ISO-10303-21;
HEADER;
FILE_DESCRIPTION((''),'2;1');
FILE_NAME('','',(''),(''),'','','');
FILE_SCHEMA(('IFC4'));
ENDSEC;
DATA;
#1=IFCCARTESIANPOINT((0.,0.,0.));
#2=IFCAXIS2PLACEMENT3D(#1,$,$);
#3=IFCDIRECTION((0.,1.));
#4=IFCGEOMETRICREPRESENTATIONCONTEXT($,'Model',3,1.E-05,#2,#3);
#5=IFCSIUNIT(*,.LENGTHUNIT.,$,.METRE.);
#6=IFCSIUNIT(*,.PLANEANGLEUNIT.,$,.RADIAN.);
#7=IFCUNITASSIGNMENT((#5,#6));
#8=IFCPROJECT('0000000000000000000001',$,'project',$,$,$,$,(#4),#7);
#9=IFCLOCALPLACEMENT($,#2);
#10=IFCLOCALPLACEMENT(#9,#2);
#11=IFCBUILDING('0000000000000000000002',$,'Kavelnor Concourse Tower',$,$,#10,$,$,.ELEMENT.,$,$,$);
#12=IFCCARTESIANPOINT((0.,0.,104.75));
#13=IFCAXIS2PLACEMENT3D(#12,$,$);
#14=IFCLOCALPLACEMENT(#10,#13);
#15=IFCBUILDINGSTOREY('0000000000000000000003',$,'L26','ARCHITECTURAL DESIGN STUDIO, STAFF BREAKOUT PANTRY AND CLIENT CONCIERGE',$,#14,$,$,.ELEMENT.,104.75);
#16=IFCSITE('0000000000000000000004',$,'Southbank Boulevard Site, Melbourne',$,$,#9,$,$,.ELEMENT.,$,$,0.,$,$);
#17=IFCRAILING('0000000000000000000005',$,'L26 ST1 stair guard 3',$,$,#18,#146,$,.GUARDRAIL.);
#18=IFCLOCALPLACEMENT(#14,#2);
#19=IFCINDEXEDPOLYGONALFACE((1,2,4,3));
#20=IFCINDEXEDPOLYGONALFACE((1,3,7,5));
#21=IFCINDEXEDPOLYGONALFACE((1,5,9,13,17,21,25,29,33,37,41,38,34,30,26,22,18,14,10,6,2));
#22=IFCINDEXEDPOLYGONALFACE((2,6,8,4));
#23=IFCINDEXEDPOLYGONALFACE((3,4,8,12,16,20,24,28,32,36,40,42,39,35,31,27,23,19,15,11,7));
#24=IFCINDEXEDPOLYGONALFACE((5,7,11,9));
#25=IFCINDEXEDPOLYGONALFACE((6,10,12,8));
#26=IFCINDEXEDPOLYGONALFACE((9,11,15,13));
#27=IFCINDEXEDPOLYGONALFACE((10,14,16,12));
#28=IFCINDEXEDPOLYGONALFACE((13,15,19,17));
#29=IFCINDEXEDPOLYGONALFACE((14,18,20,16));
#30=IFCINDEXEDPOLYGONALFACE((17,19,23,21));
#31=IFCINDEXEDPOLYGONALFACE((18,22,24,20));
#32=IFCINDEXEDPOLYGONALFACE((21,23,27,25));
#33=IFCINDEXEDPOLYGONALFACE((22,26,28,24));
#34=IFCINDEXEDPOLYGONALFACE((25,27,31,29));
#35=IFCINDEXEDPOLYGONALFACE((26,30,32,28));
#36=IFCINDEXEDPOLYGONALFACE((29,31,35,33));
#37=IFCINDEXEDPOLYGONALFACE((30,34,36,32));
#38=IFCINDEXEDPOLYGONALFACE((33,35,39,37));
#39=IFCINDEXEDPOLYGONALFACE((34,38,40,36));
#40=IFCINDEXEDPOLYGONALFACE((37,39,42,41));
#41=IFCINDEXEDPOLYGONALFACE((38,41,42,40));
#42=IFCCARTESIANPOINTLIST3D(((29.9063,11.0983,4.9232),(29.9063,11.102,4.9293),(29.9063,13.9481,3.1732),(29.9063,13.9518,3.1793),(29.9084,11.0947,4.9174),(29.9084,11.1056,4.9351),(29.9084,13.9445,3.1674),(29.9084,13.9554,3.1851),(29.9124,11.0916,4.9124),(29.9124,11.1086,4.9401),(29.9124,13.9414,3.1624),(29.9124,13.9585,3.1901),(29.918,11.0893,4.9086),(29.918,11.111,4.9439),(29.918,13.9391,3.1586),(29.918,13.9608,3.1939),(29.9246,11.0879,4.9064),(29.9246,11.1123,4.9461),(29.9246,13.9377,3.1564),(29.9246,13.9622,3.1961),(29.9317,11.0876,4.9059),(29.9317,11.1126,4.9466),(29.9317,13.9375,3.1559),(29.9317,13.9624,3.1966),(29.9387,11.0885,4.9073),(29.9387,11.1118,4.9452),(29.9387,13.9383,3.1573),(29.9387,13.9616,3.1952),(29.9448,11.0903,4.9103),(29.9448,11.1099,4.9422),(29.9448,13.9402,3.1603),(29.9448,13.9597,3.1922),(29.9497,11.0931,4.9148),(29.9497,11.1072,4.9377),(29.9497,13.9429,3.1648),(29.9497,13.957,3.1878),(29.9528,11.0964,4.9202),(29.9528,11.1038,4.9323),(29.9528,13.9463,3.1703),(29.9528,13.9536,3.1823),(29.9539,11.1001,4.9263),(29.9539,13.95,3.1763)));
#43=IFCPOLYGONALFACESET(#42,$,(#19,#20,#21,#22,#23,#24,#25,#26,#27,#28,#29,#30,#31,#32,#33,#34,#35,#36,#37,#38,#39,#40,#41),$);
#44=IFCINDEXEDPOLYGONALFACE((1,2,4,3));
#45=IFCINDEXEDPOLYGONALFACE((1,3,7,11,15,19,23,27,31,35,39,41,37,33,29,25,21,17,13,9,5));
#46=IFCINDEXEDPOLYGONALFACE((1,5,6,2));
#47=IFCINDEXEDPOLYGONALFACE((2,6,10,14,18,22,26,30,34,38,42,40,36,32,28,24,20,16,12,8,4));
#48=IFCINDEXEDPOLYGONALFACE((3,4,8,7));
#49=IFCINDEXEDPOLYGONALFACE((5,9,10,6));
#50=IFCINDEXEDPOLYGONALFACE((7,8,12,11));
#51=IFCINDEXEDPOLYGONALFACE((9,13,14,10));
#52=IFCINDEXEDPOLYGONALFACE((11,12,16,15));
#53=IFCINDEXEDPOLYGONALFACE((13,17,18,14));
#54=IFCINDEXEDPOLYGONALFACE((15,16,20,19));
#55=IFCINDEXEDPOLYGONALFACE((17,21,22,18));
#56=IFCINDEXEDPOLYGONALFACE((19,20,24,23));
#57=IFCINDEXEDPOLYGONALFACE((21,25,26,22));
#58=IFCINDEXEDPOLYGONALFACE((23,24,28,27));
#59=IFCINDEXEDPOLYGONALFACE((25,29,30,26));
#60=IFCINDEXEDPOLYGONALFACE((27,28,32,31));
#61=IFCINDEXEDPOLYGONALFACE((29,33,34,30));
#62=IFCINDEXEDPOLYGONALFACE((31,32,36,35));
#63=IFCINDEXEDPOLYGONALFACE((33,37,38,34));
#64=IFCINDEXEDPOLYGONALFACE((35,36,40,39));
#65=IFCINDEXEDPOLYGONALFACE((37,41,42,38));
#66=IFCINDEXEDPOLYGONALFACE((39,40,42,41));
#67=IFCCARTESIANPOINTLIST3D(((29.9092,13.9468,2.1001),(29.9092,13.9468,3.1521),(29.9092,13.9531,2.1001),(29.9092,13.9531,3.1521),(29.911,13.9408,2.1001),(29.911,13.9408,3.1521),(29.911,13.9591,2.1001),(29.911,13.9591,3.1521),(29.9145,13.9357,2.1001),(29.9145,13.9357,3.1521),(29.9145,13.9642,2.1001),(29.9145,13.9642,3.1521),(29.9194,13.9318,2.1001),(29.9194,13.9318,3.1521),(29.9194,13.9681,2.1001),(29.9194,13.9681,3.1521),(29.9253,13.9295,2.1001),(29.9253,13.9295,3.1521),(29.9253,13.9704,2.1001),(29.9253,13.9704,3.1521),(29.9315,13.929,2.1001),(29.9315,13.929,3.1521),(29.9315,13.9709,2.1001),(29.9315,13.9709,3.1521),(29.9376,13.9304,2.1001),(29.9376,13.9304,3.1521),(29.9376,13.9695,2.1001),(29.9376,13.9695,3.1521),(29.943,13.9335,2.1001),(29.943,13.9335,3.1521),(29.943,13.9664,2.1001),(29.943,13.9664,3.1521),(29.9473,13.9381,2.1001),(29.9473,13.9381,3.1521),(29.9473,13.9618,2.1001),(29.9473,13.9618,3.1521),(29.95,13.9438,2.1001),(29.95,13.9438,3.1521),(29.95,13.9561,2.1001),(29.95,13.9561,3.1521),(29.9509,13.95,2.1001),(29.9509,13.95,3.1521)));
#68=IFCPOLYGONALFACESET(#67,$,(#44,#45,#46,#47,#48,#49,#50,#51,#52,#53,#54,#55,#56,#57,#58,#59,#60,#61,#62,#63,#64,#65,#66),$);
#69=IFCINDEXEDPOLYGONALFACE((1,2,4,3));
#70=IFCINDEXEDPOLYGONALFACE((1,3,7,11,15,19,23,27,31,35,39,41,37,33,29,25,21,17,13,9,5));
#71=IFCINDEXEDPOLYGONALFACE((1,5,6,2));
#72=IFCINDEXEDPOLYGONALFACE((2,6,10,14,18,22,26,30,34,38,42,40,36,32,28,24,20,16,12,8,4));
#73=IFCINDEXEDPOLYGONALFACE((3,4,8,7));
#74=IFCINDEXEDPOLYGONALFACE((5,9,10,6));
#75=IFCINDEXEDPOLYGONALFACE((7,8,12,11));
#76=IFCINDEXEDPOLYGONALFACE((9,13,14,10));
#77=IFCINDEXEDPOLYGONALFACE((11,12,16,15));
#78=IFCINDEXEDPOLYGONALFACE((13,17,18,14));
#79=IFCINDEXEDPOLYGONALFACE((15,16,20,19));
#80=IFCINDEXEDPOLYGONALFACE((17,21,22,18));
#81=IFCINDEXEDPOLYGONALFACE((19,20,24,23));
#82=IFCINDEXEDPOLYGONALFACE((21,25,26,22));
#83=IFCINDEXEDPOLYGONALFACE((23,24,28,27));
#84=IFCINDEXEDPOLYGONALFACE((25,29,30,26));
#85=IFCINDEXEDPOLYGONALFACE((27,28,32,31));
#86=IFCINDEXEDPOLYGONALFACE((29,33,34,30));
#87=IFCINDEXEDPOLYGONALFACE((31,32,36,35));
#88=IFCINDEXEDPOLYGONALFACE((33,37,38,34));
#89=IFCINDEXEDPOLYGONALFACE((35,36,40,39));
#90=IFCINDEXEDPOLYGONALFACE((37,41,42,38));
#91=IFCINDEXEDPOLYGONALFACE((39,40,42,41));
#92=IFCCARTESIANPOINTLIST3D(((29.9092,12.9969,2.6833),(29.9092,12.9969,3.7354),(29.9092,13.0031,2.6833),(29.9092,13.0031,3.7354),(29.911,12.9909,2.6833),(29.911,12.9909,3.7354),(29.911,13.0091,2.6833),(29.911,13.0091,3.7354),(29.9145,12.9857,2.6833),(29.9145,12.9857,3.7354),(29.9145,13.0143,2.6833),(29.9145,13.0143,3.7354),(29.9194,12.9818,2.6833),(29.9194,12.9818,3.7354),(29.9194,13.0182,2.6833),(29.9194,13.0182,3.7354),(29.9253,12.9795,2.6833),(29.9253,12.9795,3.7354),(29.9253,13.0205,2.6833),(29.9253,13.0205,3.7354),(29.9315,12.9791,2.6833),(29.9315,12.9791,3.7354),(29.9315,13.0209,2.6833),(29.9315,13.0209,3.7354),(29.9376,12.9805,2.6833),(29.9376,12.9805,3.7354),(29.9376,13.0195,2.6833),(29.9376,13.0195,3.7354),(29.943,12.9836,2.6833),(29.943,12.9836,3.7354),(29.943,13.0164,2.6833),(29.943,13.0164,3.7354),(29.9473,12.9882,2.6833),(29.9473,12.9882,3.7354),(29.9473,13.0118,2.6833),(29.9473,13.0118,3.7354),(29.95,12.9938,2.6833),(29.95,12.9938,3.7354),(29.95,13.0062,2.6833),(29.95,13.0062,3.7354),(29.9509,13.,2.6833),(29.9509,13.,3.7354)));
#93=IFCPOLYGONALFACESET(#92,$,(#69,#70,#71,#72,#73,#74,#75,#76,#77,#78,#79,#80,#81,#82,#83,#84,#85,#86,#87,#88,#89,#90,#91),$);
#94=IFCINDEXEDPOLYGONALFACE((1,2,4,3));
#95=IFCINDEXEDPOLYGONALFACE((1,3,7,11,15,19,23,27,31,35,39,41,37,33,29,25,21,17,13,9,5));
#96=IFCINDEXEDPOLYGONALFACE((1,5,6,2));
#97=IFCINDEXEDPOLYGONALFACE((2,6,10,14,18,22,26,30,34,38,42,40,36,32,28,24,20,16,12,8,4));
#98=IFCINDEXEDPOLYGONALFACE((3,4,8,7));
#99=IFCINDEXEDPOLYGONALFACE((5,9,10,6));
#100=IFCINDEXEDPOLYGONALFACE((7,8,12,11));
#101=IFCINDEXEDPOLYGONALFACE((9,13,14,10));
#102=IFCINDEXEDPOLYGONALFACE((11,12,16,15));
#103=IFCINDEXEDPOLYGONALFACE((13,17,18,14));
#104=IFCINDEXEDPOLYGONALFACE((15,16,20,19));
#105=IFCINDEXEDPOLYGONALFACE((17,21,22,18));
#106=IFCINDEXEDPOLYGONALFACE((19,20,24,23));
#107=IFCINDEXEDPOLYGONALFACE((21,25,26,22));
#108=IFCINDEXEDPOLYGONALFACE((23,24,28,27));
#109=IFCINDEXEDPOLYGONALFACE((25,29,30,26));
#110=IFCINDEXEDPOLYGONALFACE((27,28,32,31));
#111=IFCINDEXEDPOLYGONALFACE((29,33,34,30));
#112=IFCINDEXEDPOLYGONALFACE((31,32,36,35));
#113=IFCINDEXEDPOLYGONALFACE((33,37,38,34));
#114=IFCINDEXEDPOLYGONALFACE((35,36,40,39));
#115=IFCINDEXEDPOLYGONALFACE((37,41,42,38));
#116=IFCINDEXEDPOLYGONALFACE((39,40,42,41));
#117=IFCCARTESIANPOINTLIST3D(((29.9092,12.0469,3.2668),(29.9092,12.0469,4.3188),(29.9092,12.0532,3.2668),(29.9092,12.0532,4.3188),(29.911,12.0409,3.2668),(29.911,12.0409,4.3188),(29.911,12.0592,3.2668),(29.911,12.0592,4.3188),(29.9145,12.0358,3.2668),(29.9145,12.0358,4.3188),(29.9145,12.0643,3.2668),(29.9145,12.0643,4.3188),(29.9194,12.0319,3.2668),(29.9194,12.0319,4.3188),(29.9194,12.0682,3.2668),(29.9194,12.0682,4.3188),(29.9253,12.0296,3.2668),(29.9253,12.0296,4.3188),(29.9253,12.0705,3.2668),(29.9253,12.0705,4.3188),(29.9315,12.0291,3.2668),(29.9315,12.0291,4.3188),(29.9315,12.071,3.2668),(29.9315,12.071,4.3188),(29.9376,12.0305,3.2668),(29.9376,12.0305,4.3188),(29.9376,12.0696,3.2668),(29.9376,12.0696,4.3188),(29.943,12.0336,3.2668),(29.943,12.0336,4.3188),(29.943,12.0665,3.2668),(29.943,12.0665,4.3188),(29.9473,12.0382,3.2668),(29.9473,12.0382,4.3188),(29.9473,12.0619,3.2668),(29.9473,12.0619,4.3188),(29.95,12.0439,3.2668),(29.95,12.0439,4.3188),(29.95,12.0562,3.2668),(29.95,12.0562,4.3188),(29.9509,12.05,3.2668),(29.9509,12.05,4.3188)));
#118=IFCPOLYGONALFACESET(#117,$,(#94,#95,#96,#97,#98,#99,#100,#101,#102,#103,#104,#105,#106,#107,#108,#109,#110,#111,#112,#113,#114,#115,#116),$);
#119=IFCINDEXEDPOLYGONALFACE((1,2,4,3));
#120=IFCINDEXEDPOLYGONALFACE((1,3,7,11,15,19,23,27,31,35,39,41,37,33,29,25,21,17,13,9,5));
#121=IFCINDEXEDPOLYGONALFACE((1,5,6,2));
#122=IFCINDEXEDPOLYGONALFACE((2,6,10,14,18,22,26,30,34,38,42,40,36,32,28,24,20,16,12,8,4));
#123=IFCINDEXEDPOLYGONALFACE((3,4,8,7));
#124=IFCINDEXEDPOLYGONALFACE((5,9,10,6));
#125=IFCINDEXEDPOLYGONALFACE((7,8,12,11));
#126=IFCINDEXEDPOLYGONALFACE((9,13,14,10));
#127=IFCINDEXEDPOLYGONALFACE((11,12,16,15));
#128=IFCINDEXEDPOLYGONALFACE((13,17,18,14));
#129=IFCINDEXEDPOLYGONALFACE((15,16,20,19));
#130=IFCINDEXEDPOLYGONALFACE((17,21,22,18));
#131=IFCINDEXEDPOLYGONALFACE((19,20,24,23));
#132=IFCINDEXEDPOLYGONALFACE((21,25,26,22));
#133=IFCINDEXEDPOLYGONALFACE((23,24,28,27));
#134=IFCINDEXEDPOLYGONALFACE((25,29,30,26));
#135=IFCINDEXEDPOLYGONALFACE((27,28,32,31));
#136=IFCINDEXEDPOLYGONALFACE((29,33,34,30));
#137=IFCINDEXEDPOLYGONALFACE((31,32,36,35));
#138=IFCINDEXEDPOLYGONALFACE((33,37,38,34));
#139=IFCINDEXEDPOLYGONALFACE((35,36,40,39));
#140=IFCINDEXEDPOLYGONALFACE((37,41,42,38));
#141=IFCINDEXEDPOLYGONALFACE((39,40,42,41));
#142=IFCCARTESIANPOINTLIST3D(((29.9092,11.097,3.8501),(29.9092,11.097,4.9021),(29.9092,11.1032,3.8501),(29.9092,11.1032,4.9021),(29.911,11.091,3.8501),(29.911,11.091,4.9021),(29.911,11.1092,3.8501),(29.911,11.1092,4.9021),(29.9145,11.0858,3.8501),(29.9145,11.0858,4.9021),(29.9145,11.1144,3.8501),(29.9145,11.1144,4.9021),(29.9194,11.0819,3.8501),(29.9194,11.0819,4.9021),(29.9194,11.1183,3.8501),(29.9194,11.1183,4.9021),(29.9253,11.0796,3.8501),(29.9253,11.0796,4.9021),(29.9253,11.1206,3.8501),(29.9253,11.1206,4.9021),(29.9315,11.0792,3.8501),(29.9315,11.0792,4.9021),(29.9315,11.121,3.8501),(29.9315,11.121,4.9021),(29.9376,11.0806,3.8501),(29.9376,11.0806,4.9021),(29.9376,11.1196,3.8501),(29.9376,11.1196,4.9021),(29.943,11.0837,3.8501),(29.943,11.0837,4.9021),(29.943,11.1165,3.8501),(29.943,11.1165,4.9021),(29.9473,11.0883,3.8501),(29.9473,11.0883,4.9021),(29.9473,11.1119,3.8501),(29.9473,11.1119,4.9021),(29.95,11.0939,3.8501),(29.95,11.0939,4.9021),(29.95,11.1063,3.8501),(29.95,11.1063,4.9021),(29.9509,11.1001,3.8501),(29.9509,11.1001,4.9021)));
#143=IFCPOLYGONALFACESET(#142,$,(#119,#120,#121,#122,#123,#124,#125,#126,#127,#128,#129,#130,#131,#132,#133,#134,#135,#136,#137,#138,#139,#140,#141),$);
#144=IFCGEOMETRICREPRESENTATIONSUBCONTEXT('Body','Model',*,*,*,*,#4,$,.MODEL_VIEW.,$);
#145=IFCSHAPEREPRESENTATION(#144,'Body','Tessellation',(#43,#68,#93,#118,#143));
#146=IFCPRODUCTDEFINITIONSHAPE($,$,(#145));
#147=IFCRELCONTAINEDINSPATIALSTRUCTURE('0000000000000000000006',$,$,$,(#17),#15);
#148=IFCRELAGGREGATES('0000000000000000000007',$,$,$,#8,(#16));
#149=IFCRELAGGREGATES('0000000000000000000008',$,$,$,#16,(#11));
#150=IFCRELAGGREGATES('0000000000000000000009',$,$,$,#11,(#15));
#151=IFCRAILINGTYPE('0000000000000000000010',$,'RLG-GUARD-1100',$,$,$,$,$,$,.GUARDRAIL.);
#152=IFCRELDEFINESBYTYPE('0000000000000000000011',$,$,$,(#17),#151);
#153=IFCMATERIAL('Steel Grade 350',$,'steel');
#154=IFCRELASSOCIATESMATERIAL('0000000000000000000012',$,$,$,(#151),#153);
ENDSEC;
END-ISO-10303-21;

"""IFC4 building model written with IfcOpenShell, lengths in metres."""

from ifc_helpers import new_model, si_unit, direction, frame, origin, origin_2d, place, context, subcontext, project, spatial, circle, extrude, material, type_object, element, save


model = new_model("IFC4")

# Units and contexts
model_context = context("Model", 3, precision=1e-05, world=origin(), true_north=direction((0.0, 1.0)))
body_context = subcontext(model_context, "Body", "Model", "MODEL_VIEW")
ifc_project = project(units=[si_unit("LENGTHUNIT", "METRE"), si_unit("PLANEANGLEUNIT", "RADIAN")], contexts=[model_context])

# Site, building, storey
site_placement = place(None, origin())
site = spatial("IfcSite", under=ifc_project, at=site_placement, Name="Southbank Boulevard Site, Melbourne", CompositionType="ELEMENT", RefElevation=0.0)
building_placement = place(site_placement, origin())
building = spatial("IfcBuilding", under=site, at=building_placement, Name="Kavelnor Concourse Tower", CompositionType="ELEMENT")
storey_placement = place(building_placement, frame((0.0, 0.0, 104.75)))
storey = spatial("IfcBuildingStorey", under=building, at=storey_placement, Name="L26", Description="ARCHITECTURAL DESIGN STUDIO, STAFF BREAKOUT PANTRY AND CLIENT CONCIERGE", CompositionType="ELEMENT", Elevation=104.75)

# Shared definitions
ifc_material_1 = material(Name="Steel Grade 350", Category="steel")

# Railing
railing_type_1 = type_object("IfcRailingType", Name="RLG-GUARD-1100", PredefinedType="GUARDRAIL", material=ifc_material_1)
railing_1_placement = place(storey_placement, frame((29.9299, 13.95, 2.1001)))
element("IfcRailing", 1, at=railing_1_placement, inside=storey, type_object=railing_type_1, Name="L26 ST1 stair guard 3", PredefinedType="GUARDRAIL", context=body_context, shape_type="SweptSolid", body=[
    extrude(circle(Radius=0.0239, at=origin_2d()), frame((0.0, 0.0, 1.0762), z_axis=(0.0, -0.852159, 0.523283), x_axis=(1.0, 0.0, 0.0)), (0.0, 0.0, 1.0), 3.3442),
    extrude(circle(Radius=0.021, at=origin_2d()), origin(), (0.0, 0.0, 1.0), 1.052),
    extrude(circle(Radius=0.021, at=origin_2d()), frame((0.0, -0.95, 0.5833)), (0.0, 0.0, 1.0), 1.052),
    extrude(circle(Radius=0.021, at=origin_2d()), frame((0.0, -1.8999, 1.1667)), (0.0, 0.0, 1.0), 1.052),
    extrude(circle(Radius=0.021, at=origin_2d()), frame((0.0, -2.8499, 1.75)), (0.0, 0.0, 1.0), 1.052),
])

save(model, "model.ifc")
